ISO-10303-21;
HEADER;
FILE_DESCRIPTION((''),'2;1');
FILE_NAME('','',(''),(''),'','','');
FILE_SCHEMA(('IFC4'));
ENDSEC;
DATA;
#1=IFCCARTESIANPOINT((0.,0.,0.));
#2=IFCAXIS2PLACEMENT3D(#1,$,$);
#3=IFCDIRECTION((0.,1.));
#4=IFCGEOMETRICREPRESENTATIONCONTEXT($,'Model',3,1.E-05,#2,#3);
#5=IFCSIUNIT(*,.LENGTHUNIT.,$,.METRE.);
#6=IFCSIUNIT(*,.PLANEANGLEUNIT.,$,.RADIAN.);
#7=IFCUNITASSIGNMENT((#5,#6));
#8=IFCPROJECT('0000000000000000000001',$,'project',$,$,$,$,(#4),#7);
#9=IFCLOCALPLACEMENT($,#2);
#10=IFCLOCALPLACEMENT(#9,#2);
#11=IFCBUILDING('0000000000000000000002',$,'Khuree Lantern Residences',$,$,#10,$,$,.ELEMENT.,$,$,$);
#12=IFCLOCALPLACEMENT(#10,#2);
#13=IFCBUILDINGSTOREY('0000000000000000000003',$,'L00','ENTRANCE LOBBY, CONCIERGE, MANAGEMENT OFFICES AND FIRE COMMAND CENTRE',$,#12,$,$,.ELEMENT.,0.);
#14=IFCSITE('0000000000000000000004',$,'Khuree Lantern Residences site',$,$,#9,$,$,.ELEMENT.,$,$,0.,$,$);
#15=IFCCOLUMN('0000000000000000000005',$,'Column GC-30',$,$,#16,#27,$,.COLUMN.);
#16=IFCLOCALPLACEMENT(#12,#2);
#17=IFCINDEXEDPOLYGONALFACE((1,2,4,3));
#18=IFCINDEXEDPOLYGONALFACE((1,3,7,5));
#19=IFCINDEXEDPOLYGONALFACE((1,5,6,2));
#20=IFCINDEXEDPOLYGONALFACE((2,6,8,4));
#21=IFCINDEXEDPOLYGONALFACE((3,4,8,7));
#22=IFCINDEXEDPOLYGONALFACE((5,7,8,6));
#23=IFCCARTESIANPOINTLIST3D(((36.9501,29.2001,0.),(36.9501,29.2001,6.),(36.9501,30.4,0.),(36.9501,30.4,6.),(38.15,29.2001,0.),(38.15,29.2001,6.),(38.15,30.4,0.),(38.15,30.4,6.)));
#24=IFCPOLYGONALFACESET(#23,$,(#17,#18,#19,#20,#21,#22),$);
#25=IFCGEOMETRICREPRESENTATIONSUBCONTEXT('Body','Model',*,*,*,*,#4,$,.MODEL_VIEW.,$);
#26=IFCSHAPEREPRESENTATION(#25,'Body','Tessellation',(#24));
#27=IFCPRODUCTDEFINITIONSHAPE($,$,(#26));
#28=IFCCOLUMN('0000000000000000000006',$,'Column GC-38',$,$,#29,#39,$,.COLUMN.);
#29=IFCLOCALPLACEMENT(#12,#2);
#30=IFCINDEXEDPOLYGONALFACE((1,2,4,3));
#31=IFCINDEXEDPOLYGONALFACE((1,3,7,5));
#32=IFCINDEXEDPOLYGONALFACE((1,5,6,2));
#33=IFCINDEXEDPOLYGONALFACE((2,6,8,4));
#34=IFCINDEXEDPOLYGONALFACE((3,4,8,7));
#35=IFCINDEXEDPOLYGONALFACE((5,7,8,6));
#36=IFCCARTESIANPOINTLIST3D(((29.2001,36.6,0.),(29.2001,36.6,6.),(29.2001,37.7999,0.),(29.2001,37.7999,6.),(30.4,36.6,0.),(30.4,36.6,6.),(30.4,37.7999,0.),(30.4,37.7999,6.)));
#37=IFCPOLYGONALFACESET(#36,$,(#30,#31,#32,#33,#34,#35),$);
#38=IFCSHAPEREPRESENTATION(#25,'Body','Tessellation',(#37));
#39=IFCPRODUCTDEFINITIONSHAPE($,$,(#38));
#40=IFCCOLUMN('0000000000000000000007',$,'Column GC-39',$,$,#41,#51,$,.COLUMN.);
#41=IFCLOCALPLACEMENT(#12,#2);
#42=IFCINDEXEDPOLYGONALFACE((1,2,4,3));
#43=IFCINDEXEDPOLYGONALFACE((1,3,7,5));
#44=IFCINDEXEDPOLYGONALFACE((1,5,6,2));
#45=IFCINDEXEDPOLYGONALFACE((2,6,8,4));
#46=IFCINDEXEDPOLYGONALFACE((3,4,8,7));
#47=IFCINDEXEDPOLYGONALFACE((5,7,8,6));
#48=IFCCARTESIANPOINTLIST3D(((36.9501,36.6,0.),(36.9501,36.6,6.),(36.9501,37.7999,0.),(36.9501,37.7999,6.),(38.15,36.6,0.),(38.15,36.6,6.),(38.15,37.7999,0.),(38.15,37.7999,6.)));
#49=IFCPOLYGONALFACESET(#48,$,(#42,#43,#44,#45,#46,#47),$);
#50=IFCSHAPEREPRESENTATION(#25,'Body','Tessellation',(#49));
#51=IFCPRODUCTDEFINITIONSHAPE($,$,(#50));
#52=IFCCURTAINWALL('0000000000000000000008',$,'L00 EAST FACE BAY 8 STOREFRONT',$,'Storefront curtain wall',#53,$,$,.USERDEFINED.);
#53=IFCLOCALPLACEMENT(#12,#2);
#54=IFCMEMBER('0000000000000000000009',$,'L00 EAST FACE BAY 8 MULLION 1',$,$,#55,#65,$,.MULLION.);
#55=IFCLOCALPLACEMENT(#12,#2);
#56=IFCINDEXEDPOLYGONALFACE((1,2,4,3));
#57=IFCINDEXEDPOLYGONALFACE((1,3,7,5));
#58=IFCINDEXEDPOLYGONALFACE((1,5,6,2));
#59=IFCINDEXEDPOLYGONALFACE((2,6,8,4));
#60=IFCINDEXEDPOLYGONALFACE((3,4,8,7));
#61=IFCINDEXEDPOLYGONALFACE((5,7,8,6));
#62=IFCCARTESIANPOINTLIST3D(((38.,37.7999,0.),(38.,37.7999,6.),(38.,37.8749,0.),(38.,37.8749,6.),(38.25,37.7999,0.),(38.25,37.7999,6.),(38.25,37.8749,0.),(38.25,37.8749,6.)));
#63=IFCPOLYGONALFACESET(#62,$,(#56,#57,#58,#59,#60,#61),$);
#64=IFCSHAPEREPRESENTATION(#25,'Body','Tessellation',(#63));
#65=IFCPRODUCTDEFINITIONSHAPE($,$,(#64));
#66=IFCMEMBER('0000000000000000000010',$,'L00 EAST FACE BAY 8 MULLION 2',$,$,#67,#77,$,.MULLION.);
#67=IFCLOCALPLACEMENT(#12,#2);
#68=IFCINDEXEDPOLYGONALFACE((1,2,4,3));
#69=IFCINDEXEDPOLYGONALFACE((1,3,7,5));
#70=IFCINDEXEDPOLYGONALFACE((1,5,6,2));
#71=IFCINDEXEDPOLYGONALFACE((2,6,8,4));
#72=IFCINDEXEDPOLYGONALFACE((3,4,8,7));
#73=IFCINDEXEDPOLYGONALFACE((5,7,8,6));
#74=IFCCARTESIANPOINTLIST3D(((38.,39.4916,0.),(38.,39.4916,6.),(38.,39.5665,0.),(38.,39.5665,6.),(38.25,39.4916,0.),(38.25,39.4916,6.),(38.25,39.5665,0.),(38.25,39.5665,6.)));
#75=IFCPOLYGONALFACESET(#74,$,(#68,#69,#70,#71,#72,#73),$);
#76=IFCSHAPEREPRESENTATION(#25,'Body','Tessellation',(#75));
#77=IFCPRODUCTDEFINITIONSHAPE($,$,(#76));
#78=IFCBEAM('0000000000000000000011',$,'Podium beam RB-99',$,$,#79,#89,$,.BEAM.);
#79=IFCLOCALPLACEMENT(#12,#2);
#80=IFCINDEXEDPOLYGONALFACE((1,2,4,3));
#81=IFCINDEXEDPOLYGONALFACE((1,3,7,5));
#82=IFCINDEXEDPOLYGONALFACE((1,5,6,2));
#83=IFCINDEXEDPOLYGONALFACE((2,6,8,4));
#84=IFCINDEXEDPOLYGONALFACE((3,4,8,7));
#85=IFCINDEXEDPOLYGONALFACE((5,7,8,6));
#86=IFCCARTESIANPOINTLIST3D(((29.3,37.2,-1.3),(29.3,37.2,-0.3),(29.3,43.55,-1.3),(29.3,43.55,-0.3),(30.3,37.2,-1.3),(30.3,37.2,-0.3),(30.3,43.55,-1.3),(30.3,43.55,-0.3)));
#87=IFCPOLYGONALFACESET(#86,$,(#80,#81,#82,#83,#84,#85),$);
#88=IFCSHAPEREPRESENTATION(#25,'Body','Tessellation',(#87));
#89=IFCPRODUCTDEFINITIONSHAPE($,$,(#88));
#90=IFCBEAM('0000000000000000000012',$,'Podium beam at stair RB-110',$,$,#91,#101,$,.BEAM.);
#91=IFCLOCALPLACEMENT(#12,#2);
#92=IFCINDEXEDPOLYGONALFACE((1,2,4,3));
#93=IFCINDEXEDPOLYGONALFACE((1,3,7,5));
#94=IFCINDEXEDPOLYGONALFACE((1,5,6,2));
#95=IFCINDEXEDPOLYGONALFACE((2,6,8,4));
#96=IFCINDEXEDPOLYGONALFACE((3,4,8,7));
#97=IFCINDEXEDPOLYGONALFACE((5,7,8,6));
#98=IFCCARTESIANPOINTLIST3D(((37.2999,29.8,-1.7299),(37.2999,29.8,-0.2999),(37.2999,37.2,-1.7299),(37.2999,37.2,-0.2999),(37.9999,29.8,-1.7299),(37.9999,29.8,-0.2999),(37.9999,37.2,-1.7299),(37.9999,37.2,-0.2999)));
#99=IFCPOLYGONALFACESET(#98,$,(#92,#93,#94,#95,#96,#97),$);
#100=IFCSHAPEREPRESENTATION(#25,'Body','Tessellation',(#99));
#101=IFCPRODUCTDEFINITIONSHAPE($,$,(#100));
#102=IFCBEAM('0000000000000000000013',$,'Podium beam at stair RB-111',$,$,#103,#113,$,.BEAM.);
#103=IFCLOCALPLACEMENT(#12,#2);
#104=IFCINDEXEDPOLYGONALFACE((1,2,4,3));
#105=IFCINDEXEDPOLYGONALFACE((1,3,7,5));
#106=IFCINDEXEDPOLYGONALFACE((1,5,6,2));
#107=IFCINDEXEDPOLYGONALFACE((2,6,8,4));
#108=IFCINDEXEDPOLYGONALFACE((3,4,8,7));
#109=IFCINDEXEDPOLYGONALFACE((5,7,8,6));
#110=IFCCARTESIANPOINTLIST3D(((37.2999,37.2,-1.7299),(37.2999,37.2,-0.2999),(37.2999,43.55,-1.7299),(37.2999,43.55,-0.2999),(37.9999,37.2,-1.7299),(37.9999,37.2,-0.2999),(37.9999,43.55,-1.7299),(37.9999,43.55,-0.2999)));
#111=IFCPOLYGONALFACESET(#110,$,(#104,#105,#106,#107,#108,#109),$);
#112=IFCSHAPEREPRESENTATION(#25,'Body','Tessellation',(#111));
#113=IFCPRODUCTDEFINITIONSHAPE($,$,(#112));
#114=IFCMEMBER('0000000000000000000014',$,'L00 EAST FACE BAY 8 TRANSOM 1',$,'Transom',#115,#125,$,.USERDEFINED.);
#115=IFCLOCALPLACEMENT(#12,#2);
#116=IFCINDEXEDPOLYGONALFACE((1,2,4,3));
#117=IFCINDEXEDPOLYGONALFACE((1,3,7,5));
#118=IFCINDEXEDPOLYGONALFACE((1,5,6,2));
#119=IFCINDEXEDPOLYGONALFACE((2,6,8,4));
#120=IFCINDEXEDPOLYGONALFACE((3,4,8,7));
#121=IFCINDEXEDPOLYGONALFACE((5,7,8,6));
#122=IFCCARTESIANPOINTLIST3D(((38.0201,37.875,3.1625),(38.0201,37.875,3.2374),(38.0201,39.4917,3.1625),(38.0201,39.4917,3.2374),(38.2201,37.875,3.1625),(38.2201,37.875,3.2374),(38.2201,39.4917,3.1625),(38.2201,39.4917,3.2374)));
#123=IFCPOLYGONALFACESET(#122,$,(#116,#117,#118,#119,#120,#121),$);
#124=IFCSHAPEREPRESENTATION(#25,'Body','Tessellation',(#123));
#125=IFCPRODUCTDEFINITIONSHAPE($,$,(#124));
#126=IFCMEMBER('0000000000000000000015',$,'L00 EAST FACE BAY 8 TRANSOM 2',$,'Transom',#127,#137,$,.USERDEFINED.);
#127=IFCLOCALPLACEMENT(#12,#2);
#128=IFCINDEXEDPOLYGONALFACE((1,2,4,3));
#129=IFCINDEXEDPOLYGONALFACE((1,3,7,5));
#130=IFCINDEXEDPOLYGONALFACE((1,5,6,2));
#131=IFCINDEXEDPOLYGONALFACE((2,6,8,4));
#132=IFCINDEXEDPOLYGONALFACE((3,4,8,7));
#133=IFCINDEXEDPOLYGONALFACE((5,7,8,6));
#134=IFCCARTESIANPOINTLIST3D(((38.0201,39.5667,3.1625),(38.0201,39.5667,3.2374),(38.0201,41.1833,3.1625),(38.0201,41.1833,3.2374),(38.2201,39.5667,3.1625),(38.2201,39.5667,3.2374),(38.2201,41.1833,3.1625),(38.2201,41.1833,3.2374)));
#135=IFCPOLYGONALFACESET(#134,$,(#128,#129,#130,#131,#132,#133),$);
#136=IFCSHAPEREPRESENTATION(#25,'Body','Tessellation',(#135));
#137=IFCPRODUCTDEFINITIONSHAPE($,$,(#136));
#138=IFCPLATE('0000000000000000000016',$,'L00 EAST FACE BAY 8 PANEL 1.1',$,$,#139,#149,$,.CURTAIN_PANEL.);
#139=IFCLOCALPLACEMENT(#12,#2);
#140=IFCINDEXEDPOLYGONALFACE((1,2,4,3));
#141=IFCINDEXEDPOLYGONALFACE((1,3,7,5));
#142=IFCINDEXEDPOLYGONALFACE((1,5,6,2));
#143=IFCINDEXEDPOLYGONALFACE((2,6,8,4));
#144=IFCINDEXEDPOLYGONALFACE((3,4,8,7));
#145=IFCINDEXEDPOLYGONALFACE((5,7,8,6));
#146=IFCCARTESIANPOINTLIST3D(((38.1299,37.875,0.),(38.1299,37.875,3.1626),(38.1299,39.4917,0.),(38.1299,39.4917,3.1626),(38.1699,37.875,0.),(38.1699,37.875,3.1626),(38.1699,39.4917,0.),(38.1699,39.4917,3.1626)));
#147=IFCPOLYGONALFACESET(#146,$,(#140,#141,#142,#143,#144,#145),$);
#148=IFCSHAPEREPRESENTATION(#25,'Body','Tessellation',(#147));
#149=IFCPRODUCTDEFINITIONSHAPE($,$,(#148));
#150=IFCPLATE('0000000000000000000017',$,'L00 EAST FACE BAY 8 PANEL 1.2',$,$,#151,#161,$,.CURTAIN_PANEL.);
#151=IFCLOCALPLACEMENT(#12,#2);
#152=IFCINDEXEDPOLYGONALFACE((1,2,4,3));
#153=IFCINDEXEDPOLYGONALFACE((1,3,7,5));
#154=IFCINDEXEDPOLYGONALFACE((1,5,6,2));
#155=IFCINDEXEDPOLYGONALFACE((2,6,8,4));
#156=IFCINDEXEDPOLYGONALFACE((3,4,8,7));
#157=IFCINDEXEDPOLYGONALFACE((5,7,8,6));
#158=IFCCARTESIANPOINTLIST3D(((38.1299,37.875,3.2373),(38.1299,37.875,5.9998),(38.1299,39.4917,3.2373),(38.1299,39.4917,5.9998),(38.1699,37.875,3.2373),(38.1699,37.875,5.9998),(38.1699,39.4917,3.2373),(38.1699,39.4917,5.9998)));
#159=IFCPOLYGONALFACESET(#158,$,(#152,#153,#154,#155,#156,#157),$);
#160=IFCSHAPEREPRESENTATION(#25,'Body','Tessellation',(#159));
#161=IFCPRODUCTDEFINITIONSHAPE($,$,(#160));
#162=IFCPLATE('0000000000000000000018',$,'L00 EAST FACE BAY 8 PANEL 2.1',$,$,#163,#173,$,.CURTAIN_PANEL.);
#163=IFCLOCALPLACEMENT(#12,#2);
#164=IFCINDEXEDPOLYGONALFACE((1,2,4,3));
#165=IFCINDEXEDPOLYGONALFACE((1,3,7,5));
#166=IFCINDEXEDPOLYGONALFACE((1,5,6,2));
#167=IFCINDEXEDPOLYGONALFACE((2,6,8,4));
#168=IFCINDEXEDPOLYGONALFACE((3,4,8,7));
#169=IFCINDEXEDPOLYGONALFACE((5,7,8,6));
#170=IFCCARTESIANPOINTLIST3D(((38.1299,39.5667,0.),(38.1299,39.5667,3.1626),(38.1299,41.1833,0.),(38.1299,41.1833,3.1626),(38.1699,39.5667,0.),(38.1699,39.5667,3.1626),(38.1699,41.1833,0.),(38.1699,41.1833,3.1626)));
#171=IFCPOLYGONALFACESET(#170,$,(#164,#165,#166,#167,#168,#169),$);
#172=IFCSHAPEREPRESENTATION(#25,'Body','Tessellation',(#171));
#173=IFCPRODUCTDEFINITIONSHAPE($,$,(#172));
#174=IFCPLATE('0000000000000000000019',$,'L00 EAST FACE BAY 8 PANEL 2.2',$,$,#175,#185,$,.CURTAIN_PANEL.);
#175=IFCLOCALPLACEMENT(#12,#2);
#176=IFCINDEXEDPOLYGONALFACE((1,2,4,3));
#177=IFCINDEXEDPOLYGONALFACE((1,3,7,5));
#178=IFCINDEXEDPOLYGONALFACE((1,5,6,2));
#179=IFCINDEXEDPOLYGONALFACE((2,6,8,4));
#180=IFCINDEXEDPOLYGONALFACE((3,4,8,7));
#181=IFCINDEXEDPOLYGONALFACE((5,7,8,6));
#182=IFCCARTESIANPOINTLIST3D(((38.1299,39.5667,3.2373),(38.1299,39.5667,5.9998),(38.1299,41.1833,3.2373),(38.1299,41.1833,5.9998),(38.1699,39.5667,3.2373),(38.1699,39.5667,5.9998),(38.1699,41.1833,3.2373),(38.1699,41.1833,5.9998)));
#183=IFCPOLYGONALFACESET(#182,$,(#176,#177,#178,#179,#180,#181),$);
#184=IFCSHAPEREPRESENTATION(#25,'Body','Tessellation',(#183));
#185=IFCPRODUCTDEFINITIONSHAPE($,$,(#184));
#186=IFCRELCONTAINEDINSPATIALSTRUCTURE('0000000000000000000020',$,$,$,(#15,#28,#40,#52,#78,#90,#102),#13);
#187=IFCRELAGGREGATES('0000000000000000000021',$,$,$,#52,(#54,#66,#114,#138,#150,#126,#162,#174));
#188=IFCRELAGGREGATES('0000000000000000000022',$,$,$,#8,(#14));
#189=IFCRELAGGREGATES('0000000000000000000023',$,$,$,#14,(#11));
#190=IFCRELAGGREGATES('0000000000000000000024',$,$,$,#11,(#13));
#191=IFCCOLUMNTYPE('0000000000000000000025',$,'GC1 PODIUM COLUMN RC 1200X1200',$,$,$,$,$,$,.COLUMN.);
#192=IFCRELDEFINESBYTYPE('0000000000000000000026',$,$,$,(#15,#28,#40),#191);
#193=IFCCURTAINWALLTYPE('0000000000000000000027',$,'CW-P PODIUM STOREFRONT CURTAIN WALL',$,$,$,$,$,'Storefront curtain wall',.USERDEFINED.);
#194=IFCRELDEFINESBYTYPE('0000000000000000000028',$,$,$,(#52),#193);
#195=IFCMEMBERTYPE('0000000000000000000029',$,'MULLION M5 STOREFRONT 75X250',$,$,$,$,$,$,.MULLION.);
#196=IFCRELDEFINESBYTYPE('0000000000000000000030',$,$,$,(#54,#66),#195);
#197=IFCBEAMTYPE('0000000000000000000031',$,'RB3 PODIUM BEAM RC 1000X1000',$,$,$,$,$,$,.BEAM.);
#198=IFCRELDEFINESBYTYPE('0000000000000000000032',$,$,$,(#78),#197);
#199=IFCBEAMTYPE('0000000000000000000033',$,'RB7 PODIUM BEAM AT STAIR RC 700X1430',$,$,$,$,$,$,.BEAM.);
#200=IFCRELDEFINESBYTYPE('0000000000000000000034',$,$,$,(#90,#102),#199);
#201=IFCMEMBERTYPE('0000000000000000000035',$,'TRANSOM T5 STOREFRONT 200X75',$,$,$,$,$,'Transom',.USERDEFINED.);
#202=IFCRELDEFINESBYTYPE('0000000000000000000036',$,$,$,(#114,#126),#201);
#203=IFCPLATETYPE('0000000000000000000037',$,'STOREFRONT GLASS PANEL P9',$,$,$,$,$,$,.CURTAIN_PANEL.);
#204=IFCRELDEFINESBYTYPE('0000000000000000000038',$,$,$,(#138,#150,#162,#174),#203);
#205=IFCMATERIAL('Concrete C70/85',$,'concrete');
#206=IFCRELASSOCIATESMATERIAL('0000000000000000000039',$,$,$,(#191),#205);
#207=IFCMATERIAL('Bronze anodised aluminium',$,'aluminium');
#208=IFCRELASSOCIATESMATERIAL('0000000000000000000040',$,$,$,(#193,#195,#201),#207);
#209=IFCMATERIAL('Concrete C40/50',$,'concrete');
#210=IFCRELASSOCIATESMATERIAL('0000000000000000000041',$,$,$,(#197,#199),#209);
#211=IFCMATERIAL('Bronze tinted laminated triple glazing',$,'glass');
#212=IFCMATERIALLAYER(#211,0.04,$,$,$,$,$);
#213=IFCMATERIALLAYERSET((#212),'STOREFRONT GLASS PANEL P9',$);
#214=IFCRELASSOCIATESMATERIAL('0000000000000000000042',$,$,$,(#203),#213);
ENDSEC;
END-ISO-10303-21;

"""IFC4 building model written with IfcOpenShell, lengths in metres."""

from ifc_helpers import new_model, si_unit, direction, frame, origin, origin_2d, place, context, subcontext, project, spatial, rectangle, extrude, material, layer, layer_set, material_profile, profile_set, type_object, element, aggregate, save


model = new_model("IFC4")

# Units and contexts
model_context = context("Model", 3, precision=1e-05, world=origin(), true_north=direction((0.0, 1.0)))
body_context = subcontext(model_context, "Body", "Model", "MODEL_VIEW")
ifc_project = project(units=[si_unit("LENGTHUNIT", "METRE"), si_unit("PLANEANGLEUNIT", "RADIAN")], contexts=[model_context])

# Site, building, storey
site_placement = place(None, origin())
site = spatial("IfcSite", under=ifc_project, at=site_placement, Name="Khuree Lantern Residences site", CompositionType="ELEMENT", RefElevation=0.0)
building_placement = place(site_placement, origin())
building = spatial("IfcBuilding", under=site, at=building_placement, Name="Khuree Lantern Residences", CompositionType="ELEMENT")
storey_placement = place(building_placement, origin())
storey = spatial("IfcBuildingStorey", under=building, at=storey_placement, Name="L00", Description="ENTRANCE LOBBY, CONCIERGE, MANAGEMENT OFFICES AND FIRE COMMAND CENTRE", CompositionType="ELEMENT", Elevation=0.0)

# Columns
ifc_material_1 = material(Name="Concrete C70/85", Category="concrete")
ifc_material_profile_1 = material_profile(ifc_material_1, rectangle(XDim=1.2, YDim=1.2, at=origin_2d()), Name="RC 1200X1200")
ifc_profile_set_1 = profile_set([ifc_material_profile_1], Name="Concrete C70/85")
column_type = type_object("IfcColumnType", Name="GC1 PODIUM COLUMN RC 1200X1200", PredefinedType="COLUMN", material=ifc_profile_set_1)
for number, where, z_axis, x_axis, name in (
    (1, (37.55, 29.8, 0.0), (0.0, 0.0, 1.0), (1.0, 0.0, 0.0), "Column GC-30"),
    (2, (29.8, 37.2, 0.0), (0.0, 0.0, 1.0), (1.0, 0.0, 0.0), "Column GC-38"),
    (3, (37.55, 37.2, 0.0), (0.0, 0.0, 1.0), (1.0, 0.0, 0.0), "Column GC-39"),
):
    element("IfcColumn", number, at=place(storey_placement, frame(where, z_axis=z_axis, x_axis=x_axis)), inside=storey, type_object=column_type, Name=name, PredefinedType="COLUMN", context=body_context, shape_type="SweptSolid", body=[
        extrude(rectangle(XDim=1.2, YDim=1.2, at=origin_2d()), origin(), (0.0, 0.0, 1.0), 6.0),
    ])

# Curtain wall, members
ifc_material_2 = material(Name="Bronze anodised aluminium", Category="aluminium")
curtain_wall_type = type_object("IfcCurtainWallType", Name="CW-P PODIUM STOREFRONT CURTAIN WALL", ElementType="Storefront curtain wall", PredefinedType="USERDEFINED", material=ifc_material_2)
curtain_wall_placement = place(storey_placement, origin())
curtain_wall = element("IfcCurtainWall", 4, at=curtain_wall_placement, inside=storey, type_object=curtain_wall_type, Name="L00 EAST FACE BAY 8 STOREFRONT", ObjectType="Storefront curtain wall", PredefinedType="USERDEFINED")
ifc_material_profile_2 = material_profile(ifc_material_2, rectangle(XDim=0.075, YDim=0.25, at=origin_2d()), Name="M5 75X250")
ifc_profile_set_2 = profile_set([ifc_material_profile_2], Name="Bronze anodised aluminium")
member_type_1 = type_object("IfcMemberType", Name="MULLION M5 STOREFRONT 75X250", PredefinedType="MULLION", material=ifc_profile_set_2)
member_1_placement = place(storey_placement, frame((38.125, 37.8374, 0.0), z_axis=(0.0, 0.0, 1.0), x_axis=(0.0, 1.0, 0.0)))
member_1 = element("IfcMember", 5, at=member_1_placement, type_object=member_type_1, Name="L00 EAST FACE BAY 8 MULLION 1", PredefinedType="MULLION", context=body_context, shape_type="SweptSolid", body=[
    extrude(rectangle(XDim=0.075, YDim=0.25, at=origin_2d()), origin(), (0.0, 0.0, 1.0), 6.0),
])
member_2_placement = place(storey_placement, frame((38.125, 39.5291, 0.0), z_axis=(0.0, 0.0, 1.0), x_axis=(0.0, 1.0, 0.0)))
member_2 = element("IfcMember", 6, at=member_2_placement, type_object=member_type_1, Name="L00 EAST FACE BAY 8 MULLION 2", PredefinedType="MULLION", context=body_context, shape_type="SweptSolid", body=[
    extrude(rectangle(XDim=0.075, YDim=0.25, at=origin_2d()), origin(), (0.0, 0.0, 1.0), 6.0),
])

# Beams
ifc_material_3 = material(Name="Concrete C40/50", Category="concrete")
ifc_material_profile_3 = material_profile(ifc_material_3, rectangle(XDim=1.0, YDim=1.0, at=origin_2d()), Name="RC 1000X1000")
ifc_profile_set_3 = profile_set([ifc_material_profile_3], Name="Concrete C40/50")
beam_type_1 = type_object("IfcBeamType", Name="RB3 PODIUM BEAM RC 1000X1000", PredefinedType="BEAM", material=ifc_profile_set_3)
beam_1_placement = place(storey_placement, frame((29.8, 37.2, -0.8), z_axis=(0.0, 1.0, 0.0), x_axis=(-1.0, 0.0, 0.0)))
element("IfcBeam", 7, at=beam_1_placement, inside=storey, type_object=beam_type_1, Name="Podium beam RB-99", PredefinedType="BEAM", context=body_context, shape_type="SweptSolid", body=[
    extrude(rectangle(XDim=1.0, YDim=1.0, at=origin_2d()), origin(), (0.0, 0.0, 1.0), 6.3501),
])
ifc_material_profile_4 = material_profile(ifc_material_3, rectangle(XDim=0.7, YDim=1.4299, at=origin_2d()), Name="RC 700X1430")
ifc_profile_set_4 = profile_set([ifc_material_profile_4], Name="Concrete C40/50")
beam_type_2 = type_object("IfcBeamType", Name="RB7 PODIUM BEAM AT STAIR RC 700X1430", PredefinedType="BEAM", material=ifc_profile_set_4)
beam_2_placement = place(storey_placement, frame((37.6499, 29.8, -1.0149), z_axis=(0.0, 1.0, 0.0), x_axis=(-1.0, 0.0, 0.0)))
element("IfcBeam", 8, at=beam_2_placement, inside=storey, type_object=beam_type_2, Name="Podium beam at stair RB-110", PredefinedType="BEAM", context=body_context, shape_type="SweptSolid", body=[
    extrude(rectangle(XDim=0.7, YDim=1.4299, at=origin_2d()), origin(), (0.0, 0.0, 1.0), 7.3999),
])
beam_3_placement = place(storey_placement, frame((37.6499, 37.2, -1.0149), z_axis=(0.0, 1.0, 0.0), x_axis=(-1.0, 0.0, 0.0)))
element("IfcBeam", 9, at=beam_3_placement, inside=storey, type_object=beam_type_2, Name="Podium beam at stair RB-111", PredefinedType="BEAM", context=body_context, shape_type="SweptSolid", body=[
    extrude(rectangle(XDim=0.7, YDim=1.4299, at=origin_2d()), origin(), (0.0, 0.0, 1.0), 6.3501),
])

# Members
ifc_material_profile_5 = material_profile(ifc_material_2, rectangle(XDim=0.2, YDim=0.075, at=origin_2d()), Name="T5 200X75")
ifc_profile_set_5 = profile_set([ifc_material_profile_5], Name="Bronze anodised aluminium")
member_type_2 = type_object("IfcMemberType", Name="TRANSOM T5 STOREFRONT 200X75", ElementType="Transom", PredefinedType="USERDEFINED", material=ifc_profile_set_5)
member_3_placement = place(storey_placement, frame((38.1201, 37.875, 3.2), z_axis=(0.0, 1.0, 0.0), x_axis=(-1.0, 0.0, 0.0)))
member_3 = element("IfcMember", 10, at=member_3_placement, type_object=member_type_2, Name="L00 EAST FACE BAY 8 TRANSOM 1", ObjectType="Transom", PredefinedType="USERDEFINED", context=body_context, shape_type="SweptSolid", body=[
    extrude(rectangle(XDim=0.2, YDim=0.075, at=origin_2d()), origin(), (0.0, 0.0, 1.0), 1.6167),
])
member_4_placement = place(storey_placement, frame((38.1201, 39.5667, 3.2), z_axis=(0.0, 1.0, 0.0), x_axis=(-1.0, 0.0, 0.0)))
member_4 = element("IfcMember", 11, at=member_4_placement, type_object=member_type_2, Name="L00 EAST FACE BAY 8 TRANSOM 2", ObjectType="Transom", PredefinedType="USERDEFINED", context=body_context, shape_type="SweptSolid", body=[
    extrude(rectangle(XDim=0.2, YDim=0.075, at=origin_2d()), origin(), (0.0, 0.0, 1.0), 1.6167),
])

# Plates
ifc_material_4 = material(Name="Bronze tinted laminated triple glazing", Category="glass")
ifc_layer_1 = layer(ifc_material_4, 0.04)
ifc_layer_set_1 = layer_set([ifc_layer_1], Name="STOREFRONT GLASS PANEL P9")
plate_type = type_object("IfcPlateType", Name="STOREFRONT GLASS PANEL P9", PredefinedType="CURTAIN_PANEL", material=ifc_layer_set_1)
plate_1_placement = place(storey_placement, frame((38.1499, 38.6833, 0.0), z_axis=(0.0, 0.0, 1.0), x_axis=(0.0, 1.0, 0.0)))
plate_1 = element("IfcPlate", 12, at=plate_1_placement, type_object=plate_type, Name="L00 EAST FACE BAY 8 PANEL 1.1", PredefinedType="CURTAIN_PANEL", context=body_context, shape_type="SweptSolid", body=[
    extrude(rectangle(XDim=1.6167, YDim=0.04, at=origin_2d()), origin(), (0.0, 0.0, 1.0), 3.1626),
])
plate_2_placement = place(storey_placement, frame((38.1499, 38.6833, 3.2373), z_axis=(0.0, 0.0, 1.0), x_axis=(0.0, 1.0, 0.0)))
plate_2 = element("IfcPlate", 13, at=plate_2_placement, type_object=plate_type, Name="L00 EAST FACE BAY 8 PANEL 1.2", PredefinedType="CURTAIN_PANEL", context=body_context, shape_type="SweptSolid", body=[
    extrude(rectangle(XDim=1.6167, YDim=0.04, at=origin_2d()), origin(), (0.0, 0.0, 1.0), 2.7625),
])
plate_3_placement = place(storey_placement, frame((38.1499, 40.375, 0.0), z_axis=(0.0, 0.0, 1.0), x_axis=(0.0, 1.0, 0.0)))
plate_3 = element("IfcPlate", 14, at=plate_3_placement, type_object=plate_type, Name="L00 EAST FACE BAY 8 PANEL 2.1", PredefinedType="CURTAIN_PANEL", context=body_context, shape_type="SweptSolid", body=[
    extrude(rectangle(XDim=1.6167, YDim=0.04, at=origin_2d()), origin(), (0.0, 0.0, 1.0), 3.1626),
])
plate_4_placement = place(storey_placement, frame((38.1499, 40.375, 3.2373), z_axis=(0.0, 0.0, 1.0), x_axis=(0.0, 1.0, 0.0)))
plate_4 = element("IfcPlate", 15, at=plate_4_placement, type_object=plate_type, Name="L00 EAST FACE BAY 8 PANEL 2.2", PredefinedType="CURTAIN_PANEL", context=body_context, shape_type="SweptSolid", body=[
    extrude(rectangle(XDim=1.6167, YDim=0.04, at=origin_2d()), origin(), (0.0, 0.0, 1.0), 2.7625),
])
aggregate(curtain_wall, [member_1, member_2, member_3, plate_1, plate_2, member_4, plate_3, plate_4])

save(model, "model.ifc")
